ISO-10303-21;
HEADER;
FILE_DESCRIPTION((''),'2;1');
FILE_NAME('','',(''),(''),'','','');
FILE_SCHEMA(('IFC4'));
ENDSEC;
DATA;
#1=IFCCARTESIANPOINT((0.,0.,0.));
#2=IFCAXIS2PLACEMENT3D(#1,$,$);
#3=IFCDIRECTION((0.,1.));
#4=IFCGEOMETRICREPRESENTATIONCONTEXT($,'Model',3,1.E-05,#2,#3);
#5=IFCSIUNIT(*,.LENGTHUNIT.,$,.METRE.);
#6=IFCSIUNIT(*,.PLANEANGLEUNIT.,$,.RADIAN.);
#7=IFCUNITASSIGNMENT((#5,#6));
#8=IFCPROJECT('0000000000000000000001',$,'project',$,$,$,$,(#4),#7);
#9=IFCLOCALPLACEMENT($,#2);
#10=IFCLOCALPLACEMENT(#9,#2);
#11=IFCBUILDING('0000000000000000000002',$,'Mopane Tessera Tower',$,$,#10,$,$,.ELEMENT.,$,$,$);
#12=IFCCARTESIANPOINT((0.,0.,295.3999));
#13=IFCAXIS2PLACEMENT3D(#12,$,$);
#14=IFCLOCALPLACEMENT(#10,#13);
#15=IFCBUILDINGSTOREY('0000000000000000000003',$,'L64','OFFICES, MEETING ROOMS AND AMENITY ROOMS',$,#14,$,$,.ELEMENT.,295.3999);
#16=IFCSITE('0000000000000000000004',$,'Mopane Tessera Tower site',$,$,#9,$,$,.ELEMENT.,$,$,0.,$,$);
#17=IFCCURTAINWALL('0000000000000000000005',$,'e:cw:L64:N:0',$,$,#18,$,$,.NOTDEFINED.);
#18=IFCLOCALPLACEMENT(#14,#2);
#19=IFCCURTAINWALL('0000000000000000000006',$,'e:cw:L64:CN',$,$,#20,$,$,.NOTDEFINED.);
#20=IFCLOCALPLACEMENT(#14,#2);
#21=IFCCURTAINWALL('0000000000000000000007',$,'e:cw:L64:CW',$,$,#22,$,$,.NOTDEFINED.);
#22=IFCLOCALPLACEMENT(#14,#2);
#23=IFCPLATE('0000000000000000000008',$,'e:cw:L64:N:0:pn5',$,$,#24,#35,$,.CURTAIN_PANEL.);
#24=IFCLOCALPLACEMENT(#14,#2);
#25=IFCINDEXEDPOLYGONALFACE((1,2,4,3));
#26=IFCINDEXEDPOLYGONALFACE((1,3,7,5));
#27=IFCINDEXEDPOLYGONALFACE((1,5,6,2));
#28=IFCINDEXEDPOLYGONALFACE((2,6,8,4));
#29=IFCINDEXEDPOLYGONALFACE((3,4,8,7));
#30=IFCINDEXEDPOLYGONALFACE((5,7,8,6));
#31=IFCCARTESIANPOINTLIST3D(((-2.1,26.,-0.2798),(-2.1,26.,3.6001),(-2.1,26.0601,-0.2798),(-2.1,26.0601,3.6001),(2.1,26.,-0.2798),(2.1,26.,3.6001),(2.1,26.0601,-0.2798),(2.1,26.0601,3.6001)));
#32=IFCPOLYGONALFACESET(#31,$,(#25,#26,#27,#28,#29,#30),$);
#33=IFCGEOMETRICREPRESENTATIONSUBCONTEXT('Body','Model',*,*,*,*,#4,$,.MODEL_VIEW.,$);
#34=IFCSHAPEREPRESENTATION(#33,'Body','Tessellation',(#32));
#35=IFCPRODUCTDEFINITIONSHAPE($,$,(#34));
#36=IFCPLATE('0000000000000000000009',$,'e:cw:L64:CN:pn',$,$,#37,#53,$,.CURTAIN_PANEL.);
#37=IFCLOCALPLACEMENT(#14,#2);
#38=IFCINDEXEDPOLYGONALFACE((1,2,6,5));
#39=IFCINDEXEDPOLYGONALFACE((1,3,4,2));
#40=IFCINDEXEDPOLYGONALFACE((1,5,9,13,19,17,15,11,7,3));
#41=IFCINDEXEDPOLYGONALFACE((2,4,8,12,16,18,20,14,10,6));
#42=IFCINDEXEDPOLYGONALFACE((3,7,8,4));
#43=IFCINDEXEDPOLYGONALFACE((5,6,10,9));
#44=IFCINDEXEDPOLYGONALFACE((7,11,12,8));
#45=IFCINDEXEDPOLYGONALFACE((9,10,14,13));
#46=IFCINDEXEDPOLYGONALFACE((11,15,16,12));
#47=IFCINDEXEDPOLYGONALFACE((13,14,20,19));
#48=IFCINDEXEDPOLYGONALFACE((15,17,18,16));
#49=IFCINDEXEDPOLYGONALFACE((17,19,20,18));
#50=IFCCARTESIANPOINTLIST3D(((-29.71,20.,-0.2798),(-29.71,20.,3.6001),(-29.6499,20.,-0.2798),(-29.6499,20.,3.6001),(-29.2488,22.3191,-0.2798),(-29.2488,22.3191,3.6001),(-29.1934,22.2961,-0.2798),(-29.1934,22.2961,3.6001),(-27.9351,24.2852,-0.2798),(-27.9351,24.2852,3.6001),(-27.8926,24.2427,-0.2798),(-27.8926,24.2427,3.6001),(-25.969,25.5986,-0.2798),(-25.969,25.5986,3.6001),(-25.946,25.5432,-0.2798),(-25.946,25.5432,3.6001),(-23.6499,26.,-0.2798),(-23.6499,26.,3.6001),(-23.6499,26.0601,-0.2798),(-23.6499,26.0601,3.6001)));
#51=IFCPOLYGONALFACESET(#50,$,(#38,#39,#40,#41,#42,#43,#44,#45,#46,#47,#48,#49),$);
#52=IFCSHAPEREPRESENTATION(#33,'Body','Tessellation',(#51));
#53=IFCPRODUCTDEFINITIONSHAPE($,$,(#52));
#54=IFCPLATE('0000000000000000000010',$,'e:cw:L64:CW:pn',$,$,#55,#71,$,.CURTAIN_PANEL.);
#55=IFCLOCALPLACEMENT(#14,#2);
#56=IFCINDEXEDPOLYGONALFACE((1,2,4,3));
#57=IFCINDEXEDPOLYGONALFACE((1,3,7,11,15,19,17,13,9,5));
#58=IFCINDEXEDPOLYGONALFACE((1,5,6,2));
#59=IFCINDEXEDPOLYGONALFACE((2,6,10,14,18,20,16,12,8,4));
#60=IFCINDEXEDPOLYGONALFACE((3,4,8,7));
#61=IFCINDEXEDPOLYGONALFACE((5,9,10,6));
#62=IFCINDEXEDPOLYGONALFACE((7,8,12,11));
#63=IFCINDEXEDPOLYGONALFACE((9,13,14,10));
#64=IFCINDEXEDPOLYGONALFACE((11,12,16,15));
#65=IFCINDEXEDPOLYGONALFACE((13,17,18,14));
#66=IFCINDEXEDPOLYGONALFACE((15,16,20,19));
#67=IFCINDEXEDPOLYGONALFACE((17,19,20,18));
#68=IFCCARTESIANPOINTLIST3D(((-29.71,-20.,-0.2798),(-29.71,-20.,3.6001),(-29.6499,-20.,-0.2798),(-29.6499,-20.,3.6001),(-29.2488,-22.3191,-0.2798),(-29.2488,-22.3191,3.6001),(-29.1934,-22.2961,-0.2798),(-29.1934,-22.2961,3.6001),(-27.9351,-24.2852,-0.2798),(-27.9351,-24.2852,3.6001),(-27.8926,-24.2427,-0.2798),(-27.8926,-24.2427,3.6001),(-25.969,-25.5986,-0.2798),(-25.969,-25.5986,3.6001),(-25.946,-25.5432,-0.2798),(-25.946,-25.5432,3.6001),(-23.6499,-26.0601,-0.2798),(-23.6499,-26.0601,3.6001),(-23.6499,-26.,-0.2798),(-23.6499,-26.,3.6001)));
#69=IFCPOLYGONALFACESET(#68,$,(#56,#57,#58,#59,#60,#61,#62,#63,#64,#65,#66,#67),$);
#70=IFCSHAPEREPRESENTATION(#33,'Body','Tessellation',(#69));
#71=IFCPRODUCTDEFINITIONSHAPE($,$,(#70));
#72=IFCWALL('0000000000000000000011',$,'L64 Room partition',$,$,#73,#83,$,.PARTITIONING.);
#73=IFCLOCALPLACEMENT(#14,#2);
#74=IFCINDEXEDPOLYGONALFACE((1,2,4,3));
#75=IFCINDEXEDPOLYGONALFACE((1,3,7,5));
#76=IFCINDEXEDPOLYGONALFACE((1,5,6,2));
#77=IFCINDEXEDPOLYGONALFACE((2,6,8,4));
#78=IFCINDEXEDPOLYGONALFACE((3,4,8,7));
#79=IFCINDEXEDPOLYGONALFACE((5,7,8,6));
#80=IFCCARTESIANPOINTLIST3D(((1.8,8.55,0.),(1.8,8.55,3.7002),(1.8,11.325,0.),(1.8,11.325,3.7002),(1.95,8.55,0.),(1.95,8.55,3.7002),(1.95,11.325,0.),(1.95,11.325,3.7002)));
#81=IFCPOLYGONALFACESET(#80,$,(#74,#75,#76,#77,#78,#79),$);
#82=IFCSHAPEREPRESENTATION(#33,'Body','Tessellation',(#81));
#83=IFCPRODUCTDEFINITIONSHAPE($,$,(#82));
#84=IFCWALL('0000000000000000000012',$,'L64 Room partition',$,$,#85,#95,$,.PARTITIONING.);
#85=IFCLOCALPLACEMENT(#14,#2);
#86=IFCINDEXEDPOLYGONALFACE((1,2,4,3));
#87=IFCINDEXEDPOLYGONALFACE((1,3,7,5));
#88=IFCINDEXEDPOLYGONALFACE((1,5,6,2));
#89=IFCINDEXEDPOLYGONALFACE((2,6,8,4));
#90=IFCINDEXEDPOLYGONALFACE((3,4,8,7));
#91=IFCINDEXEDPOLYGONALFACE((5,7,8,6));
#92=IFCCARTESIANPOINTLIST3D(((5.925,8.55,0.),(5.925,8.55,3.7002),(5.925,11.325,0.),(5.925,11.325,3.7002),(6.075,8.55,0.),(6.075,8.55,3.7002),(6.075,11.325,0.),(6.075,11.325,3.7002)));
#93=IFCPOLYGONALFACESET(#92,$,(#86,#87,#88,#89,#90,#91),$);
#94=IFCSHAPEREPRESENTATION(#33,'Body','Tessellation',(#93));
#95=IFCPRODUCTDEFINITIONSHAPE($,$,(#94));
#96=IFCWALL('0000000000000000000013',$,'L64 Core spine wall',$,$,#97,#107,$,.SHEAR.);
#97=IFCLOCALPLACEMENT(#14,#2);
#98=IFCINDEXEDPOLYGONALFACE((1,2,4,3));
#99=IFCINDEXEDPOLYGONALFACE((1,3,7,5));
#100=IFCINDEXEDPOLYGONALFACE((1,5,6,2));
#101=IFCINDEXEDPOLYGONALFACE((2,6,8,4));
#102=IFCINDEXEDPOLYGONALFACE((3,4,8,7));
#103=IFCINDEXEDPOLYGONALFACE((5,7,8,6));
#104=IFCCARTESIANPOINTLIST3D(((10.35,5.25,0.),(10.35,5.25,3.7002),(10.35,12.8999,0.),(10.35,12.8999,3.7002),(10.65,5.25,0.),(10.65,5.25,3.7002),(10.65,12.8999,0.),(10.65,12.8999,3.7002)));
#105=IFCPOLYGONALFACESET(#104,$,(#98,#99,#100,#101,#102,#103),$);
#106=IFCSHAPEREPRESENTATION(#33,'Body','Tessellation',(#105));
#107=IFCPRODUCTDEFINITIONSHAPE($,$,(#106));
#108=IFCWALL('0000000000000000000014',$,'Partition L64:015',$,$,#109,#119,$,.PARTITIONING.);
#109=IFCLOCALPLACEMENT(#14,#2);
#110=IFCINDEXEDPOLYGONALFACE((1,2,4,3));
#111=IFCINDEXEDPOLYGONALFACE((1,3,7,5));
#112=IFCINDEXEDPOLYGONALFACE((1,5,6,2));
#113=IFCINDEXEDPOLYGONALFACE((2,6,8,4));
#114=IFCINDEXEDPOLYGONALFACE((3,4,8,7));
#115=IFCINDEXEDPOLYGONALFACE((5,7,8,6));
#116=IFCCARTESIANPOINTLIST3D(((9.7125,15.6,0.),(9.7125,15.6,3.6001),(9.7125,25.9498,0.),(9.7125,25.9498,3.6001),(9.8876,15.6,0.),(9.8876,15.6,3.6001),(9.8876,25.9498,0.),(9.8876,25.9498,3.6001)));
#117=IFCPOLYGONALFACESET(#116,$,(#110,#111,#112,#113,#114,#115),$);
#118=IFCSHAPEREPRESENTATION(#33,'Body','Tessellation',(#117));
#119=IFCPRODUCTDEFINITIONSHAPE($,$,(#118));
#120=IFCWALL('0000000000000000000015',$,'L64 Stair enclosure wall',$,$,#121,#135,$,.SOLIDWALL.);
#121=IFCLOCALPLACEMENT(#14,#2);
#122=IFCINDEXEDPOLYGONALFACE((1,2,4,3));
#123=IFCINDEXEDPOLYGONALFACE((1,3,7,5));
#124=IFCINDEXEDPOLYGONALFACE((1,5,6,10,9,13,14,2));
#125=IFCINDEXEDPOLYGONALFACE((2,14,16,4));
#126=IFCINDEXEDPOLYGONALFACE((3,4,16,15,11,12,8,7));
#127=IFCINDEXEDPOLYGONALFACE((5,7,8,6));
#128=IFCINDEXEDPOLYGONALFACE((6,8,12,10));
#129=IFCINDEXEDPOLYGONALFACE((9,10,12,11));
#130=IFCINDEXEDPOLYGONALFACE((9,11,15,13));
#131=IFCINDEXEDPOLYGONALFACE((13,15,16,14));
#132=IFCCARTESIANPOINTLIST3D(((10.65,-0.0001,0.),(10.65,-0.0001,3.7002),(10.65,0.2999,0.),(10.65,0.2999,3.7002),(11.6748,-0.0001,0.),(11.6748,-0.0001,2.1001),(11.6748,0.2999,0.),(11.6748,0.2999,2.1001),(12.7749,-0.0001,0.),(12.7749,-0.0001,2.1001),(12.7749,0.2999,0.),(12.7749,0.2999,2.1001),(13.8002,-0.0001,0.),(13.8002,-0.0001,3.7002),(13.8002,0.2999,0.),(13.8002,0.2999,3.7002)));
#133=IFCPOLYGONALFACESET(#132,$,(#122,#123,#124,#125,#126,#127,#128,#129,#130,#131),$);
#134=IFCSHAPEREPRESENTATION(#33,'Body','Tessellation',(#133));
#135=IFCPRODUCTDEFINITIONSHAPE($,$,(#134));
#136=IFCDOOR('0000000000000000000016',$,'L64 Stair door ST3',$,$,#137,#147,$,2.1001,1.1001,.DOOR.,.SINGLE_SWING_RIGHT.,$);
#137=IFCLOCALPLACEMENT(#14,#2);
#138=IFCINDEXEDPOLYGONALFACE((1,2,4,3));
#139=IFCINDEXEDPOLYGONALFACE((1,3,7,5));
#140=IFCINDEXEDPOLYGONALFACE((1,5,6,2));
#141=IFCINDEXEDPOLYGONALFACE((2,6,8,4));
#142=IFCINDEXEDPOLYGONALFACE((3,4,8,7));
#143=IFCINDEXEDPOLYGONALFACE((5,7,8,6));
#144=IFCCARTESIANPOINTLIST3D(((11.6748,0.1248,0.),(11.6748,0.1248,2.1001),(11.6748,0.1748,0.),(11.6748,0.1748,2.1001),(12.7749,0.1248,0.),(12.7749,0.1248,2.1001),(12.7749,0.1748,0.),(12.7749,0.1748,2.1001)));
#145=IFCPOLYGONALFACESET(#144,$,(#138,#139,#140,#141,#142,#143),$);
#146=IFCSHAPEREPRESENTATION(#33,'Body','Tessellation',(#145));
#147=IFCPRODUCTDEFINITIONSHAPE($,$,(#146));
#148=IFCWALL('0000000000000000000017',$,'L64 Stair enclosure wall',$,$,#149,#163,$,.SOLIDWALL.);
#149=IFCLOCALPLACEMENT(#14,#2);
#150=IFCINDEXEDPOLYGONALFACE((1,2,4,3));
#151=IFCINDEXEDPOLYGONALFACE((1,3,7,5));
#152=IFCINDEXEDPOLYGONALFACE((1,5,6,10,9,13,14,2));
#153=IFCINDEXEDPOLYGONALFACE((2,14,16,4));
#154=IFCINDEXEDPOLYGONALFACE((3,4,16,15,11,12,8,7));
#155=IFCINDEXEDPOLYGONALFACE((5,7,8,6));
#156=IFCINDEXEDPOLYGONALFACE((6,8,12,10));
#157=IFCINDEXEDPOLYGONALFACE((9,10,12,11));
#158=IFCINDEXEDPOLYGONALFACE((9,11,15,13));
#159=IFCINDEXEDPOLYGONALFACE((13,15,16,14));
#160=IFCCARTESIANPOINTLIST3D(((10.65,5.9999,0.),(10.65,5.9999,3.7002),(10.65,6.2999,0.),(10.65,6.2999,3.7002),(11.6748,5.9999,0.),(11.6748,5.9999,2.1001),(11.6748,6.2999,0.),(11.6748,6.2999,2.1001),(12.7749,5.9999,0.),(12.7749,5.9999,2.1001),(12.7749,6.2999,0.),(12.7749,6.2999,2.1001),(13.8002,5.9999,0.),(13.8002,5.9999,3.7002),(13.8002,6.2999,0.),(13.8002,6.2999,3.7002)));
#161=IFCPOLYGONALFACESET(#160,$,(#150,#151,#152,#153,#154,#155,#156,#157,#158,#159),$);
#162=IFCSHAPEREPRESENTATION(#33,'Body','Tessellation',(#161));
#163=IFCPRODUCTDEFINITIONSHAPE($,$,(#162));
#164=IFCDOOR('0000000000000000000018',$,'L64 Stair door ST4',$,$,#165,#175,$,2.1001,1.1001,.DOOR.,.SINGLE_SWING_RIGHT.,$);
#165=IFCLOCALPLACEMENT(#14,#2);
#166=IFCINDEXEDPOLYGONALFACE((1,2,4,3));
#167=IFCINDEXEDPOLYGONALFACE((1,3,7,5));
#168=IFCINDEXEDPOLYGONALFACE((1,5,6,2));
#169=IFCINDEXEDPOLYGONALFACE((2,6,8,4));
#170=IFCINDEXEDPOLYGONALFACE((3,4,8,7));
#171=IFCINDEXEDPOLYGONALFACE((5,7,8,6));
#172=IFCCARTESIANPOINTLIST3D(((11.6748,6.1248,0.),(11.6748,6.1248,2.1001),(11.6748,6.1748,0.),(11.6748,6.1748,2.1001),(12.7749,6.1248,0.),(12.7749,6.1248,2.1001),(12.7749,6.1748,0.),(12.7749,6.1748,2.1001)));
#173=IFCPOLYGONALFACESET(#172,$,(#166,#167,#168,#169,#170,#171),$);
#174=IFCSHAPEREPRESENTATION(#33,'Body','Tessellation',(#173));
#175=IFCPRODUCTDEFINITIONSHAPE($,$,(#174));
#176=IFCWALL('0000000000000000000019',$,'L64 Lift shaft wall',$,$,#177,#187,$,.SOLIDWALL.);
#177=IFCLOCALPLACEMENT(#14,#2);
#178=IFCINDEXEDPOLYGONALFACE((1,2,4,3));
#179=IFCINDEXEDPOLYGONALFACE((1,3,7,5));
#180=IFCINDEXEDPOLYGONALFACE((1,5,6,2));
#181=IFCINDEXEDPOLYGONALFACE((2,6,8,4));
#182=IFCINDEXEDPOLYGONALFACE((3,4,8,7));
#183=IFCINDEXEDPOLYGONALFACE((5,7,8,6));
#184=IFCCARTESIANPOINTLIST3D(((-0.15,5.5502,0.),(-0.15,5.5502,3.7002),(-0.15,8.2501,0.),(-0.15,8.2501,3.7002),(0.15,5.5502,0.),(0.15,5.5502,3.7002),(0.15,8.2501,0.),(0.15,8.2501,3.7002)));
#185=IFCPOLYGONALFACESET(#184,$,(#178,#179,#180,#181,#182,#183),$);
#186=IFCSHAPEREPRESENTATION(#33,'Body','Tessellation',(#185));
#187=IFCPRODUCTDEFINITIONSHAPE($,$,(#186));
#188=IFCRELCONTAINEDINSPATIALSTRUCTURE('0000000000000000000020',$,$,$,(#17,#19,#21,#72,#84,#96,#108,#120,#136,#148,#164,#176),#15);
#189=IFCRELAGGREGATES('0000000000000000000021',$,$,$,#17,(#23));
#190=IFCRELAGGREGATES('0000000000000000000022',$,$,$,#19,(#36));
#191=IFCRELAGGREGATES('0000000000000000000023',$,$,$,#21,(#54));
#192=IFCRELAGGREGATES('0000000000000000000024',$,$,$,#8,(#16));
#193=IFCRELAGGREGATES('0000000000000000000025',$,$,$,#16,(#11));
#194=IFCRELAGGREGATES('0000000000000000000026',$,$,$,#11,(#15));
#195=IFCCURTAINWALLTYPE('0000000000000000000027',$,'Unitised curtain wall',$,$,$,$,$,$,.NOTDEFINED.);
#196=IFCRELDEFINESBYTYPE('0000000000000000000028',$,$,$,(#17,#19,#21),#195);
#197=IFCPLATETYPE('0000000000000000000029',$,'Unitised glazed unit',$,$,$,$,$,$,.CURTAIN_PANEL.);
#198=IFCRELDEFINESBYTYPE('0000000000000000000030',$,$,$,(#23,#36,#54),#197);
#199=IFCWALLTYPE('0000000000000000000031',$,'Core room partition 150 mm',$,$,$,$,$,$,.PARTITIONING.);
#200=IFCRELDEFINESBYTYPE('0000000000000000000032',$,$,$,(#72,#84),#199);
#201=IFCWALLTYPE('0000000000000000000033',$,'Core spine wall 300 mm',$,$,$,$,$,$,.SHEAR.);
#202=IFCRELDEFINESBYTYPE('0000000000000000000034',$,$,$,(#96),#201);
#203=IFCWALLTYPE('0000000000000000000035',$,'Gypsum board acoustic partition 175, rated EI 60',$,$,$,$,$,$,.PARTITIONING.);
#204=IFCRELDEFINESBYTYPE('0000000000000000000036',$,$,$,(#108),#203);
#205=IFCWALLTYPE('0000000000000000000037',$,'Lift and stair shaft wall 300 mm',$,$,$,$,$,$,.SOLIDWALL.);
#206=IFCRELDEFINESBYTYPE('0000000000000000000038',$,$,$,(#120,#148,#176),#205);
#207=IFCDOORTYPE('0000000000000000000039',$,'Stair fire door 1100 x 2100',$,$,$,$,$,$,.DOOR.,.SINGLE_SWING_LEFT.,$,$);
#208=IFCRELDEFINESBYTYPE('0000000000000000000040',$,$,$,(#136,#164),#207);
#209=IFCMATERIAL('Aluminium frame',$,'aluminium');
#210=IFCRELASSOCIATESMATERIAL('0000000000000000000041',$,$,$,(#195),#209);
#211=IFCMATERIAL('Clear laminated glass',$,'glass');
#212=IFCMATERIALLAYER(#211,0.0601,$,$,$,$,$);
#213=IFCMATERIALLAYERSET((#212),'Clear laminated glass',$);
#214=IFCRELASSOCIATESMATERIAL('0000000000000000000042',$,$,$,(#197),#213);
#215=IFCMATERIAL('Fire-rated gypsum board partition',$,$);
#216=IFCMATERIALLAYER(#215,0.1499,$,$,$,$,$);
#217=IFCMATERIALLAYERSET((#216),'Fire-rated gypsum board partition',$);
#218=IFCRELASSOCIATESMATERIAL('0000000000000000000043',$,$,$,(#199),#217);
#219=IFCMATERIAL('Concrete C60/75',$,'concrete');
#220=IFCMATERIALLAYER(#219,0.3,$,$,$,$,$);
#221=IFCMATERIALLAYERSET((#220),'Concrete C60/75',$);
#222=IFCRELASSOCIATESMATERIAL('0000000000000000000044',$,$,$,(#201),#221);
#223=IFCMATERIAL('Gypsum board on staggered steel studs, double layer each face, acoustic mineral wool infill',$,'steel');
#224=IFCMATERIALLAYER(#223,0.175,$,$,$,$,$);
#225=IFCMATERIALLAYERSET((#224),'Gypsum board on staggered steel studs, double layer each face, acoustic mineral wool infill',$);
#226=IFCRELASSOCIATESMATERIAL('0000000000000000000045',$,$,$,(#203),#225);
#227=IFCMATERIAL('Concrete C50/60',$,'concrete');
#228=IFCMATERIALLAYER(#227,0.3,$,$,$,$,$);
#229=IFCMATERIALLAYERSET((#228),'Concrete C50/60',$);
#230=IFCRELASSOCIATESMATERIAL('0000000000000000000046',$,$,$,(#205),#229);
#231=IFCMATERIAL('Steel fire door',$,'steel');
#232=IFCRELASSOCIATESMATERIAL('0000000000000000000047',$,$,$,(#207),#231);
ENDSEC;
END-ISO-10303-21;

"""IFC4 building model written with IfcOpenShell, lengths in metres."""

from ifc_helpers import new_model, si_unit, direction, frame, frame_2d, origin, origin_2d, place, context, subcontext, project, spatial, polyline, rectangle, outline, extrude, material, layer, layer_set, type_object, element, fill, aggregate, save


model = new_model("IFC4")

# Units and contexts
model_context = context("Model", 3, precision=1e-05, world=origin(), true_north=direction((0.0, 1.0)))
body_context = subcontext(model_context, "Body", "Model", "MODEL_VIEW")
ifc_project = project(units=[si_unit("LENGTHUNIT", "METRE"), si_unit("PLANEANGLEUNIT", "RADIAN")], contexts=[model_context])

# Site, building, storey
site_placement = place(None, origin())
site = spatial("IfcSite", under=ifc_project, at=site_placement, Name="Mopane Tessera Tower site", CompositionType="ELEMENT", RefElevation=0.0)
building_placement = place(site_placement, origin())
building = spatial("IfcBuilding", under=site, at=building_placement, Name="Mopane Tessera Tower", CompositionType="ELEMENT")
storey_placement = place(building_placement, frame((0.0, 0.0, 295.3999)))
storey = spatial("IfcBuildingStorey", under=building, at=storey_placement, Name="L64", Description="OFFICES, MEETING ROOMS AND AMENITY ROOMS", CompositionType="ELEMENT", Elevation=295.3999)

# Curtain wall
ifc_material_1 = material(Name="Aluminium frame", Category="aluminium")
curtain_wall_type = type_object("IfcCurtainWallType", Name="Unitised curtain wall", PredefinedType="NOTDEFINED", material=ifc_material_1)
curtain_wall_1_placement = place(storey_placement, origin())
curtain_wall_1 = element("IfcCurtainWall", 1, at=curtain_wall_1_placement, inside=storey, type_object=curtain_wall_type, Name="e:cw:L64:N:0", PredefinedType="NOTDEFINED")

# Curtain walls
curtain_wall_2_placement = place(storey_placement, origin())
curtain_wall_2 = element("IfcCurtainWall", 2, at=curtain_wall_2_placement, inside=storey, type_object=curtain_wall_type, Name="e:cw:L64:CN", PredefinedType="NOTDEFINED")
curtain_wall_3_placement = place(storey_placement, origin())
curtain_wall_3 = element("IfcCurtainWall", 3, at=curtain_wall_3_placement, inside=storey, type_object=curtain_wall_type, Name="e:cw:L64:CW", PredefinedType="NOTDEFINED")

# Plates
ifc_material_2 = material(Name="Clear laminated glass", Category="glass")
ifc_layer_1 = layer(ifc_material_2, 0.0601)
ifc_layer_set_1 = layer_set([ifc_layer_1], Name="Clear laminated glass")
plate_type = type_object("IfcPlateType", Name="Unitised glazed unit", PredefinedType="CURTAIN_PANEL", material=ifc_layer_set_1)
plate_1_placement = place(storey_placement, frame((0.0, 26.03, -0.2798), z_axis=(0.0, 0.0, 1.0), x_axis=(-1.0, 0.0, 0.0)))
plate_1 = element("IfcPlate", 4, at=plate_1_placement, type_object=plate_type, Name="e:cw:L64:N:0:pn5", PredefinedType="CURTAIN_PANEL", context=body_context, shape_type="SweptSolid", body=[
    extrude(rectangle(XDim=4.2, YDim=0.0601, at=origin_2d()), origin(), (0.0, 0.0, 1.0), 3.8799),
])
aggregate(curtain_wall_1, [plate_1])
plate_2_placement = place(storey_placement, frame((0.0, 0.0, -0.2798)))
plate_2 = element("IfcPlate", 5, at=plate_2_placement, type_object=plate_type, Name="e:cw:L64:CN:pn", PredefinedType="CURTAIN_PANEL", context=body_context, shape_type="SweptSolid", body=[
    extrude(outline(polyline([(-23.6499, 26.0), (-25.946, 25.5432), (-27.8926, 24.2427), (-29.1934, 22.2961), (-29.6499, 20.0), (-29.71, 20.0), (-29.2488, 22.3191), (-27.9351, 24.2852), (-25.969, 25.5986), (-23.6499, 26.0601), (-23.6499, 26.0)])), origin(), (0.0, 0.0, 1.0), 3.8799),
])
aggregate(curtain_wall_2, [plate_2])
plate_3_placement = place(storey_placement, frame((0.0, 0.0, -0.2798)))
plate_3 = element("IfcPlate", 6, at=plate_3_placement, type_object=plate_type, Name="e:cw:L64:CW:pn", PredefinedType="CURTAIN_PANEL", context=body_context, shape_type="SweptSolid", body=[
    extrude(outline(polyline([(-29.6499, -20.0), (-29.1934, -22.2961), (-27.8926, -24.2427), (-25.946, -25.5432), (-23.6499, -26.0), (-23.6499, -26.0601), (-25.969, -25.5986), (-27.9351, -24.2852), (-29.2488, -22.3191), (-29.71, -20.0), (-29.6499, -20.0)])), origin(), (0.0, 0.0, 1.0), 3.8799),
])
aggregate(curtain_wall_3, [plate_3])

# Walls
ifc_material_3 = material(Name="Fire-rated gypsum board partition")
ifc_layer_2 = layer(ifc_material_3, 0.1499)
ifc_layer_set_2 = layer_set([ifc_layer_2], Name="Fire-rated gypsum board partition")
wall_type_1 = type_object("IfcWallType", Name="Core room partition 150 mm", PredefinedType="PARTITIONING", material=ifc_layer_set_2)
for number, where, z_axis, x_axis, name in (
    (7, (1.875, 8.55, 0.0), (0.0, 0.0, 1.0), (0.0, 1.0, 0.0), "L64 Room partition"),
    (8, (6.0, 8.55, 0.0), (0.0, 0.0, 1.0), (0.0, 1.0, 0.0), "L64 Room partition"),
):
    element("IfcWall", number, at=place(storey_placement, frame(where, z_axis=z_axis, x_axis=x_axis)), inside=storey, type_object=wall_type_1, Name=name, PredefinedType="PARTITIONING", context=body_context, shape_type="SweptSolid", body=[
        extrude(rectangle(XDim=2.7749, YDim=0.1499, at=frame_2d((1.3875, 0.0))), origin(), (0.0, 0.0, 1.0), 3.7002),
    ])
ifc_material_4 = material(Name="Concrete C60/75", Category="concrete")
ifc_layer_3 = layer(ifc_material_4, 0.3)
ifc_layer_set_3 = layer_set([ifc_layer_3], Name="Concrete C60/75")
wall_type_2 = type_object("IfcWallType", Name="Core spine wall 300 mm", PredefinedType="SHEAR", material=ifc_layer_set_3)
wall_1_placement = place(storey_placement, frame((10.5, 5.25, 0.0), z_axis=(0.0, 0.0, 1.0), x_axis=(0.0, 1.0, 0.0)))
element("IfcWall", 9, at=wall_1_placement, inside=storey, type_object=wall_type_2, Name="L64 Core spine wall", PredefinedType="SHEAR", context=body_context, shape_type="SweptSolid", body=[
    extrude(rectangle(XDim=7.6499, YDim=0.3, at=frame_2d((3.825, 0.0))), origin(), (0.0, 0.0, 1.0), 3.7002),
])
ifc_material_5 = material(Name="Gypsum board on staggered steel studs, double layer each face, acoustic mineral wool infill", Category="steel")
ifc_layer_4 = layer(ifc_material_5, 0.175)
ifc_layer_set_4 = layer_set([ifc_layer_4], Name="Gypsum board on staggered steel studs, double layer each face, acoustic mineral wool infill")
wall_type_3 = type_object("IfcWallType", Name="Gypsum board acoustic partition 175, rated EI 60", PredefinedType="PARTITIONING", material=ifc_layer_set_4)
wall_2_placement = place(storey_placement, frame((9.8, 15.6001, 0.0), z_axis=(0.0, 0.0, 1.0), x_axis=(0.0, 1.0, 0.0)))
element("IfcWall", 10, at=wall_2_placement, inside=storey, type_object=wall_type_3, Name="Partition L64:015", PredefinedType="PARTITIONING", context=body_context, shape_type="SweptSolid", body=[
    extrude(rectangle(XDim=10.3499, YDim=0.175, at=frame_2d((5.1748, 0.0))), origin(), (0.0, 0.0, 1.0), 3.6001),
])

# Walls, openings, doors
ifc_material_6 = material(Name="Concrete C50/60", Category="concrete")
ifc_layer_5 = layer(ifc_material_6, 0.3)
ifc_layer_set_5 = layer_set([ifc_layer_5], Name="Concrete C50/60")
wall_type_4 = type_object("IfcWallType", Name="Lift and stair shaft wall 300 mm", PredefinedType="SOLIDWALL", material=ifc_layer_set_5)
wall_3_placement = place(storey_placement, frame((10.6499, 0.1499, 0.0), z_axis=(0.0, 0.0, 1.0), x_axis=(1.0, 0.0, 0.0)))
wall_3 = element("IfcWall", 11, at=wall_3_placement, inside=storey, type_object=wall_type_4, Name="L64 Stair enclosure wall", PredefinedType="SOLIDWALL", context=body_context, shape_type="SweptSolid", body=[
    extrude(rectangle(XDim=3.1501, YDim=0.3, at=frame_2d((1.5752, 0.0))), origin(), (0.0, 0.0, 1.0), 3.7002),
])
opening_1_placement = place(wall_3_placement, frame((1.0249, 0.0, 0.0)))
opening_1 = element("IfcOpeningElement", 12, at=opening_1_placement, cuts=wall_3, PredefinedType="OPENING", context=body_context, shape_type="SweptSolid", body=[
    extrude(rectangle(XDim=1.1001, YDim=2.1001, at=frame_2d((0.55, 1.05))), frame((0.0, 0.1621, 0.0), z_axis=(0.0, -1.0, 0.0), x_axis=(1.0, 0.0, 0.0)), (0.0, 0.0, 1.0), 0.324),
])
ifc_material_7 = material(Name="Steel fire door", Category="steel")
door_type = type_object("IfcDoorType", Name="Stair fire door 1100 x 2100", OperationType="SINGLE_SWING_LEFT", PredefinedType="DOOR", material=ifc_material_7)
door_1_placement = place(opening_1_placement, origin())
door_1 = element("IfcDoor", 13, at=door_1_placement, inside=storey, type_object=door_type, Name="L64 Stair door ST3", OperationType="SINGLE_SWING_RIGHT", OverallHeight=2.1001, OverallWidth=1.1001, PredefinedType="DOOR", context=body_context, shape_type="SweptSolid", body=[
    extrude(rectangle(XDim=1.1001, YDim=2.1001, at=frame_2d((0.55, 1.05))), frame((0.0, 0.0249, 0.0), z_axis=(0.0, -1.0, 0.0), x_axis=(1.0, 0.0, 0.0)), (0.0, 0.0, 1.0), 0.05),
])
fill(opening_1, door_1)
wall_4_placement = place(storey_placement, frame((10.6499, 6.1499, 0.0), z_axis=(0.0, 0.0, 1.0), x_axis=(1.0, 0.0, 0.0)))
wall_4 = element("IfcWall", 14, at=wall_4_placement, inside=storey, type_object=wall_type_4, Name="L64 Stair enclosure wall", PredefinedType="SOLIDWALL", context=body_context, shape_type="SweptSolid", body=[
    extrude(rectangle(XDim=3.1501, YDim=0.3, at=frame_2d((1.5752, 0.0))), origin(), (0.0, 0.0, 1.0), 3.7002),
])
opening_2_placement = place(wall_4_placement, frame((1.0249, 0.0, 0.0)))
opening_2 = element("IfcOpeningElement", 15, at=opening_2_placement, cuts=wall_4, PredefinedType="OPENING", context=body_context, shape_type="SweptSolid", body=[
    extrude(rectangle(XDim=1.1001, YDim=2.1001, at=frame_2d((0.55, 1.05))), frame((0.0, 0.1621, 0.0), z_axis=(0.0, -1.0, 0.0), x_axis=(1.0, 0.0, 0.0)), (0.0, 0.0, 1.0), 0.324),
])
door_2_placement = place(opening_2_placement, origin())
door_2 = element("IfcDoor", 16, at=door_2_placement, inside=storey, type_object=door_type, Name="L64 Stair door ST4", OperationType="SINGLE_SWING_RIGHT", OverallHeight=2.1001, OverallWidth=1.1001, PredefinedType="DOOR", context=body_context, shape_type="SweptSolid", body=[
    extrude(rectangle(XDim=1.1001, YDim=2.1001, at=frame_2d((0.55, 1.05))), frame((0.0, 0.0249, 0.0), z_axis=(0.0, -1.0, 0.0), x_axis=(1.0, 0.0, 0.0)), (0.0, 0.0, 1.0), 0.05),
])
fill(opening_2, door_2)

# Wall
for number, where, z_axis, x_axis, name in (
    (17, (0.0, 5.55, 0.0), (0.0, 0.0, 1.0), (0.0, 1.0, 0.0), "L64 Lift shaft wall"),
):
    element("IfcWall", number, at=place(storey_placement, frame(where, z_axis=z_axis, x_axis=x_axis)), inside=storey, type_object=wall_type_4, Name=name, PredefinedType="SOLIDWALL", context=body_context, shape_type="SweptSolid", body=[
        extrude(rectangle(XDim=2.7, YDim=0.3, at=frame_2d((1.3501, 0.0))), origin(), (0.0, 0.0, 1.0), 3.7002),
    ])

save(model, "model.ifc")
